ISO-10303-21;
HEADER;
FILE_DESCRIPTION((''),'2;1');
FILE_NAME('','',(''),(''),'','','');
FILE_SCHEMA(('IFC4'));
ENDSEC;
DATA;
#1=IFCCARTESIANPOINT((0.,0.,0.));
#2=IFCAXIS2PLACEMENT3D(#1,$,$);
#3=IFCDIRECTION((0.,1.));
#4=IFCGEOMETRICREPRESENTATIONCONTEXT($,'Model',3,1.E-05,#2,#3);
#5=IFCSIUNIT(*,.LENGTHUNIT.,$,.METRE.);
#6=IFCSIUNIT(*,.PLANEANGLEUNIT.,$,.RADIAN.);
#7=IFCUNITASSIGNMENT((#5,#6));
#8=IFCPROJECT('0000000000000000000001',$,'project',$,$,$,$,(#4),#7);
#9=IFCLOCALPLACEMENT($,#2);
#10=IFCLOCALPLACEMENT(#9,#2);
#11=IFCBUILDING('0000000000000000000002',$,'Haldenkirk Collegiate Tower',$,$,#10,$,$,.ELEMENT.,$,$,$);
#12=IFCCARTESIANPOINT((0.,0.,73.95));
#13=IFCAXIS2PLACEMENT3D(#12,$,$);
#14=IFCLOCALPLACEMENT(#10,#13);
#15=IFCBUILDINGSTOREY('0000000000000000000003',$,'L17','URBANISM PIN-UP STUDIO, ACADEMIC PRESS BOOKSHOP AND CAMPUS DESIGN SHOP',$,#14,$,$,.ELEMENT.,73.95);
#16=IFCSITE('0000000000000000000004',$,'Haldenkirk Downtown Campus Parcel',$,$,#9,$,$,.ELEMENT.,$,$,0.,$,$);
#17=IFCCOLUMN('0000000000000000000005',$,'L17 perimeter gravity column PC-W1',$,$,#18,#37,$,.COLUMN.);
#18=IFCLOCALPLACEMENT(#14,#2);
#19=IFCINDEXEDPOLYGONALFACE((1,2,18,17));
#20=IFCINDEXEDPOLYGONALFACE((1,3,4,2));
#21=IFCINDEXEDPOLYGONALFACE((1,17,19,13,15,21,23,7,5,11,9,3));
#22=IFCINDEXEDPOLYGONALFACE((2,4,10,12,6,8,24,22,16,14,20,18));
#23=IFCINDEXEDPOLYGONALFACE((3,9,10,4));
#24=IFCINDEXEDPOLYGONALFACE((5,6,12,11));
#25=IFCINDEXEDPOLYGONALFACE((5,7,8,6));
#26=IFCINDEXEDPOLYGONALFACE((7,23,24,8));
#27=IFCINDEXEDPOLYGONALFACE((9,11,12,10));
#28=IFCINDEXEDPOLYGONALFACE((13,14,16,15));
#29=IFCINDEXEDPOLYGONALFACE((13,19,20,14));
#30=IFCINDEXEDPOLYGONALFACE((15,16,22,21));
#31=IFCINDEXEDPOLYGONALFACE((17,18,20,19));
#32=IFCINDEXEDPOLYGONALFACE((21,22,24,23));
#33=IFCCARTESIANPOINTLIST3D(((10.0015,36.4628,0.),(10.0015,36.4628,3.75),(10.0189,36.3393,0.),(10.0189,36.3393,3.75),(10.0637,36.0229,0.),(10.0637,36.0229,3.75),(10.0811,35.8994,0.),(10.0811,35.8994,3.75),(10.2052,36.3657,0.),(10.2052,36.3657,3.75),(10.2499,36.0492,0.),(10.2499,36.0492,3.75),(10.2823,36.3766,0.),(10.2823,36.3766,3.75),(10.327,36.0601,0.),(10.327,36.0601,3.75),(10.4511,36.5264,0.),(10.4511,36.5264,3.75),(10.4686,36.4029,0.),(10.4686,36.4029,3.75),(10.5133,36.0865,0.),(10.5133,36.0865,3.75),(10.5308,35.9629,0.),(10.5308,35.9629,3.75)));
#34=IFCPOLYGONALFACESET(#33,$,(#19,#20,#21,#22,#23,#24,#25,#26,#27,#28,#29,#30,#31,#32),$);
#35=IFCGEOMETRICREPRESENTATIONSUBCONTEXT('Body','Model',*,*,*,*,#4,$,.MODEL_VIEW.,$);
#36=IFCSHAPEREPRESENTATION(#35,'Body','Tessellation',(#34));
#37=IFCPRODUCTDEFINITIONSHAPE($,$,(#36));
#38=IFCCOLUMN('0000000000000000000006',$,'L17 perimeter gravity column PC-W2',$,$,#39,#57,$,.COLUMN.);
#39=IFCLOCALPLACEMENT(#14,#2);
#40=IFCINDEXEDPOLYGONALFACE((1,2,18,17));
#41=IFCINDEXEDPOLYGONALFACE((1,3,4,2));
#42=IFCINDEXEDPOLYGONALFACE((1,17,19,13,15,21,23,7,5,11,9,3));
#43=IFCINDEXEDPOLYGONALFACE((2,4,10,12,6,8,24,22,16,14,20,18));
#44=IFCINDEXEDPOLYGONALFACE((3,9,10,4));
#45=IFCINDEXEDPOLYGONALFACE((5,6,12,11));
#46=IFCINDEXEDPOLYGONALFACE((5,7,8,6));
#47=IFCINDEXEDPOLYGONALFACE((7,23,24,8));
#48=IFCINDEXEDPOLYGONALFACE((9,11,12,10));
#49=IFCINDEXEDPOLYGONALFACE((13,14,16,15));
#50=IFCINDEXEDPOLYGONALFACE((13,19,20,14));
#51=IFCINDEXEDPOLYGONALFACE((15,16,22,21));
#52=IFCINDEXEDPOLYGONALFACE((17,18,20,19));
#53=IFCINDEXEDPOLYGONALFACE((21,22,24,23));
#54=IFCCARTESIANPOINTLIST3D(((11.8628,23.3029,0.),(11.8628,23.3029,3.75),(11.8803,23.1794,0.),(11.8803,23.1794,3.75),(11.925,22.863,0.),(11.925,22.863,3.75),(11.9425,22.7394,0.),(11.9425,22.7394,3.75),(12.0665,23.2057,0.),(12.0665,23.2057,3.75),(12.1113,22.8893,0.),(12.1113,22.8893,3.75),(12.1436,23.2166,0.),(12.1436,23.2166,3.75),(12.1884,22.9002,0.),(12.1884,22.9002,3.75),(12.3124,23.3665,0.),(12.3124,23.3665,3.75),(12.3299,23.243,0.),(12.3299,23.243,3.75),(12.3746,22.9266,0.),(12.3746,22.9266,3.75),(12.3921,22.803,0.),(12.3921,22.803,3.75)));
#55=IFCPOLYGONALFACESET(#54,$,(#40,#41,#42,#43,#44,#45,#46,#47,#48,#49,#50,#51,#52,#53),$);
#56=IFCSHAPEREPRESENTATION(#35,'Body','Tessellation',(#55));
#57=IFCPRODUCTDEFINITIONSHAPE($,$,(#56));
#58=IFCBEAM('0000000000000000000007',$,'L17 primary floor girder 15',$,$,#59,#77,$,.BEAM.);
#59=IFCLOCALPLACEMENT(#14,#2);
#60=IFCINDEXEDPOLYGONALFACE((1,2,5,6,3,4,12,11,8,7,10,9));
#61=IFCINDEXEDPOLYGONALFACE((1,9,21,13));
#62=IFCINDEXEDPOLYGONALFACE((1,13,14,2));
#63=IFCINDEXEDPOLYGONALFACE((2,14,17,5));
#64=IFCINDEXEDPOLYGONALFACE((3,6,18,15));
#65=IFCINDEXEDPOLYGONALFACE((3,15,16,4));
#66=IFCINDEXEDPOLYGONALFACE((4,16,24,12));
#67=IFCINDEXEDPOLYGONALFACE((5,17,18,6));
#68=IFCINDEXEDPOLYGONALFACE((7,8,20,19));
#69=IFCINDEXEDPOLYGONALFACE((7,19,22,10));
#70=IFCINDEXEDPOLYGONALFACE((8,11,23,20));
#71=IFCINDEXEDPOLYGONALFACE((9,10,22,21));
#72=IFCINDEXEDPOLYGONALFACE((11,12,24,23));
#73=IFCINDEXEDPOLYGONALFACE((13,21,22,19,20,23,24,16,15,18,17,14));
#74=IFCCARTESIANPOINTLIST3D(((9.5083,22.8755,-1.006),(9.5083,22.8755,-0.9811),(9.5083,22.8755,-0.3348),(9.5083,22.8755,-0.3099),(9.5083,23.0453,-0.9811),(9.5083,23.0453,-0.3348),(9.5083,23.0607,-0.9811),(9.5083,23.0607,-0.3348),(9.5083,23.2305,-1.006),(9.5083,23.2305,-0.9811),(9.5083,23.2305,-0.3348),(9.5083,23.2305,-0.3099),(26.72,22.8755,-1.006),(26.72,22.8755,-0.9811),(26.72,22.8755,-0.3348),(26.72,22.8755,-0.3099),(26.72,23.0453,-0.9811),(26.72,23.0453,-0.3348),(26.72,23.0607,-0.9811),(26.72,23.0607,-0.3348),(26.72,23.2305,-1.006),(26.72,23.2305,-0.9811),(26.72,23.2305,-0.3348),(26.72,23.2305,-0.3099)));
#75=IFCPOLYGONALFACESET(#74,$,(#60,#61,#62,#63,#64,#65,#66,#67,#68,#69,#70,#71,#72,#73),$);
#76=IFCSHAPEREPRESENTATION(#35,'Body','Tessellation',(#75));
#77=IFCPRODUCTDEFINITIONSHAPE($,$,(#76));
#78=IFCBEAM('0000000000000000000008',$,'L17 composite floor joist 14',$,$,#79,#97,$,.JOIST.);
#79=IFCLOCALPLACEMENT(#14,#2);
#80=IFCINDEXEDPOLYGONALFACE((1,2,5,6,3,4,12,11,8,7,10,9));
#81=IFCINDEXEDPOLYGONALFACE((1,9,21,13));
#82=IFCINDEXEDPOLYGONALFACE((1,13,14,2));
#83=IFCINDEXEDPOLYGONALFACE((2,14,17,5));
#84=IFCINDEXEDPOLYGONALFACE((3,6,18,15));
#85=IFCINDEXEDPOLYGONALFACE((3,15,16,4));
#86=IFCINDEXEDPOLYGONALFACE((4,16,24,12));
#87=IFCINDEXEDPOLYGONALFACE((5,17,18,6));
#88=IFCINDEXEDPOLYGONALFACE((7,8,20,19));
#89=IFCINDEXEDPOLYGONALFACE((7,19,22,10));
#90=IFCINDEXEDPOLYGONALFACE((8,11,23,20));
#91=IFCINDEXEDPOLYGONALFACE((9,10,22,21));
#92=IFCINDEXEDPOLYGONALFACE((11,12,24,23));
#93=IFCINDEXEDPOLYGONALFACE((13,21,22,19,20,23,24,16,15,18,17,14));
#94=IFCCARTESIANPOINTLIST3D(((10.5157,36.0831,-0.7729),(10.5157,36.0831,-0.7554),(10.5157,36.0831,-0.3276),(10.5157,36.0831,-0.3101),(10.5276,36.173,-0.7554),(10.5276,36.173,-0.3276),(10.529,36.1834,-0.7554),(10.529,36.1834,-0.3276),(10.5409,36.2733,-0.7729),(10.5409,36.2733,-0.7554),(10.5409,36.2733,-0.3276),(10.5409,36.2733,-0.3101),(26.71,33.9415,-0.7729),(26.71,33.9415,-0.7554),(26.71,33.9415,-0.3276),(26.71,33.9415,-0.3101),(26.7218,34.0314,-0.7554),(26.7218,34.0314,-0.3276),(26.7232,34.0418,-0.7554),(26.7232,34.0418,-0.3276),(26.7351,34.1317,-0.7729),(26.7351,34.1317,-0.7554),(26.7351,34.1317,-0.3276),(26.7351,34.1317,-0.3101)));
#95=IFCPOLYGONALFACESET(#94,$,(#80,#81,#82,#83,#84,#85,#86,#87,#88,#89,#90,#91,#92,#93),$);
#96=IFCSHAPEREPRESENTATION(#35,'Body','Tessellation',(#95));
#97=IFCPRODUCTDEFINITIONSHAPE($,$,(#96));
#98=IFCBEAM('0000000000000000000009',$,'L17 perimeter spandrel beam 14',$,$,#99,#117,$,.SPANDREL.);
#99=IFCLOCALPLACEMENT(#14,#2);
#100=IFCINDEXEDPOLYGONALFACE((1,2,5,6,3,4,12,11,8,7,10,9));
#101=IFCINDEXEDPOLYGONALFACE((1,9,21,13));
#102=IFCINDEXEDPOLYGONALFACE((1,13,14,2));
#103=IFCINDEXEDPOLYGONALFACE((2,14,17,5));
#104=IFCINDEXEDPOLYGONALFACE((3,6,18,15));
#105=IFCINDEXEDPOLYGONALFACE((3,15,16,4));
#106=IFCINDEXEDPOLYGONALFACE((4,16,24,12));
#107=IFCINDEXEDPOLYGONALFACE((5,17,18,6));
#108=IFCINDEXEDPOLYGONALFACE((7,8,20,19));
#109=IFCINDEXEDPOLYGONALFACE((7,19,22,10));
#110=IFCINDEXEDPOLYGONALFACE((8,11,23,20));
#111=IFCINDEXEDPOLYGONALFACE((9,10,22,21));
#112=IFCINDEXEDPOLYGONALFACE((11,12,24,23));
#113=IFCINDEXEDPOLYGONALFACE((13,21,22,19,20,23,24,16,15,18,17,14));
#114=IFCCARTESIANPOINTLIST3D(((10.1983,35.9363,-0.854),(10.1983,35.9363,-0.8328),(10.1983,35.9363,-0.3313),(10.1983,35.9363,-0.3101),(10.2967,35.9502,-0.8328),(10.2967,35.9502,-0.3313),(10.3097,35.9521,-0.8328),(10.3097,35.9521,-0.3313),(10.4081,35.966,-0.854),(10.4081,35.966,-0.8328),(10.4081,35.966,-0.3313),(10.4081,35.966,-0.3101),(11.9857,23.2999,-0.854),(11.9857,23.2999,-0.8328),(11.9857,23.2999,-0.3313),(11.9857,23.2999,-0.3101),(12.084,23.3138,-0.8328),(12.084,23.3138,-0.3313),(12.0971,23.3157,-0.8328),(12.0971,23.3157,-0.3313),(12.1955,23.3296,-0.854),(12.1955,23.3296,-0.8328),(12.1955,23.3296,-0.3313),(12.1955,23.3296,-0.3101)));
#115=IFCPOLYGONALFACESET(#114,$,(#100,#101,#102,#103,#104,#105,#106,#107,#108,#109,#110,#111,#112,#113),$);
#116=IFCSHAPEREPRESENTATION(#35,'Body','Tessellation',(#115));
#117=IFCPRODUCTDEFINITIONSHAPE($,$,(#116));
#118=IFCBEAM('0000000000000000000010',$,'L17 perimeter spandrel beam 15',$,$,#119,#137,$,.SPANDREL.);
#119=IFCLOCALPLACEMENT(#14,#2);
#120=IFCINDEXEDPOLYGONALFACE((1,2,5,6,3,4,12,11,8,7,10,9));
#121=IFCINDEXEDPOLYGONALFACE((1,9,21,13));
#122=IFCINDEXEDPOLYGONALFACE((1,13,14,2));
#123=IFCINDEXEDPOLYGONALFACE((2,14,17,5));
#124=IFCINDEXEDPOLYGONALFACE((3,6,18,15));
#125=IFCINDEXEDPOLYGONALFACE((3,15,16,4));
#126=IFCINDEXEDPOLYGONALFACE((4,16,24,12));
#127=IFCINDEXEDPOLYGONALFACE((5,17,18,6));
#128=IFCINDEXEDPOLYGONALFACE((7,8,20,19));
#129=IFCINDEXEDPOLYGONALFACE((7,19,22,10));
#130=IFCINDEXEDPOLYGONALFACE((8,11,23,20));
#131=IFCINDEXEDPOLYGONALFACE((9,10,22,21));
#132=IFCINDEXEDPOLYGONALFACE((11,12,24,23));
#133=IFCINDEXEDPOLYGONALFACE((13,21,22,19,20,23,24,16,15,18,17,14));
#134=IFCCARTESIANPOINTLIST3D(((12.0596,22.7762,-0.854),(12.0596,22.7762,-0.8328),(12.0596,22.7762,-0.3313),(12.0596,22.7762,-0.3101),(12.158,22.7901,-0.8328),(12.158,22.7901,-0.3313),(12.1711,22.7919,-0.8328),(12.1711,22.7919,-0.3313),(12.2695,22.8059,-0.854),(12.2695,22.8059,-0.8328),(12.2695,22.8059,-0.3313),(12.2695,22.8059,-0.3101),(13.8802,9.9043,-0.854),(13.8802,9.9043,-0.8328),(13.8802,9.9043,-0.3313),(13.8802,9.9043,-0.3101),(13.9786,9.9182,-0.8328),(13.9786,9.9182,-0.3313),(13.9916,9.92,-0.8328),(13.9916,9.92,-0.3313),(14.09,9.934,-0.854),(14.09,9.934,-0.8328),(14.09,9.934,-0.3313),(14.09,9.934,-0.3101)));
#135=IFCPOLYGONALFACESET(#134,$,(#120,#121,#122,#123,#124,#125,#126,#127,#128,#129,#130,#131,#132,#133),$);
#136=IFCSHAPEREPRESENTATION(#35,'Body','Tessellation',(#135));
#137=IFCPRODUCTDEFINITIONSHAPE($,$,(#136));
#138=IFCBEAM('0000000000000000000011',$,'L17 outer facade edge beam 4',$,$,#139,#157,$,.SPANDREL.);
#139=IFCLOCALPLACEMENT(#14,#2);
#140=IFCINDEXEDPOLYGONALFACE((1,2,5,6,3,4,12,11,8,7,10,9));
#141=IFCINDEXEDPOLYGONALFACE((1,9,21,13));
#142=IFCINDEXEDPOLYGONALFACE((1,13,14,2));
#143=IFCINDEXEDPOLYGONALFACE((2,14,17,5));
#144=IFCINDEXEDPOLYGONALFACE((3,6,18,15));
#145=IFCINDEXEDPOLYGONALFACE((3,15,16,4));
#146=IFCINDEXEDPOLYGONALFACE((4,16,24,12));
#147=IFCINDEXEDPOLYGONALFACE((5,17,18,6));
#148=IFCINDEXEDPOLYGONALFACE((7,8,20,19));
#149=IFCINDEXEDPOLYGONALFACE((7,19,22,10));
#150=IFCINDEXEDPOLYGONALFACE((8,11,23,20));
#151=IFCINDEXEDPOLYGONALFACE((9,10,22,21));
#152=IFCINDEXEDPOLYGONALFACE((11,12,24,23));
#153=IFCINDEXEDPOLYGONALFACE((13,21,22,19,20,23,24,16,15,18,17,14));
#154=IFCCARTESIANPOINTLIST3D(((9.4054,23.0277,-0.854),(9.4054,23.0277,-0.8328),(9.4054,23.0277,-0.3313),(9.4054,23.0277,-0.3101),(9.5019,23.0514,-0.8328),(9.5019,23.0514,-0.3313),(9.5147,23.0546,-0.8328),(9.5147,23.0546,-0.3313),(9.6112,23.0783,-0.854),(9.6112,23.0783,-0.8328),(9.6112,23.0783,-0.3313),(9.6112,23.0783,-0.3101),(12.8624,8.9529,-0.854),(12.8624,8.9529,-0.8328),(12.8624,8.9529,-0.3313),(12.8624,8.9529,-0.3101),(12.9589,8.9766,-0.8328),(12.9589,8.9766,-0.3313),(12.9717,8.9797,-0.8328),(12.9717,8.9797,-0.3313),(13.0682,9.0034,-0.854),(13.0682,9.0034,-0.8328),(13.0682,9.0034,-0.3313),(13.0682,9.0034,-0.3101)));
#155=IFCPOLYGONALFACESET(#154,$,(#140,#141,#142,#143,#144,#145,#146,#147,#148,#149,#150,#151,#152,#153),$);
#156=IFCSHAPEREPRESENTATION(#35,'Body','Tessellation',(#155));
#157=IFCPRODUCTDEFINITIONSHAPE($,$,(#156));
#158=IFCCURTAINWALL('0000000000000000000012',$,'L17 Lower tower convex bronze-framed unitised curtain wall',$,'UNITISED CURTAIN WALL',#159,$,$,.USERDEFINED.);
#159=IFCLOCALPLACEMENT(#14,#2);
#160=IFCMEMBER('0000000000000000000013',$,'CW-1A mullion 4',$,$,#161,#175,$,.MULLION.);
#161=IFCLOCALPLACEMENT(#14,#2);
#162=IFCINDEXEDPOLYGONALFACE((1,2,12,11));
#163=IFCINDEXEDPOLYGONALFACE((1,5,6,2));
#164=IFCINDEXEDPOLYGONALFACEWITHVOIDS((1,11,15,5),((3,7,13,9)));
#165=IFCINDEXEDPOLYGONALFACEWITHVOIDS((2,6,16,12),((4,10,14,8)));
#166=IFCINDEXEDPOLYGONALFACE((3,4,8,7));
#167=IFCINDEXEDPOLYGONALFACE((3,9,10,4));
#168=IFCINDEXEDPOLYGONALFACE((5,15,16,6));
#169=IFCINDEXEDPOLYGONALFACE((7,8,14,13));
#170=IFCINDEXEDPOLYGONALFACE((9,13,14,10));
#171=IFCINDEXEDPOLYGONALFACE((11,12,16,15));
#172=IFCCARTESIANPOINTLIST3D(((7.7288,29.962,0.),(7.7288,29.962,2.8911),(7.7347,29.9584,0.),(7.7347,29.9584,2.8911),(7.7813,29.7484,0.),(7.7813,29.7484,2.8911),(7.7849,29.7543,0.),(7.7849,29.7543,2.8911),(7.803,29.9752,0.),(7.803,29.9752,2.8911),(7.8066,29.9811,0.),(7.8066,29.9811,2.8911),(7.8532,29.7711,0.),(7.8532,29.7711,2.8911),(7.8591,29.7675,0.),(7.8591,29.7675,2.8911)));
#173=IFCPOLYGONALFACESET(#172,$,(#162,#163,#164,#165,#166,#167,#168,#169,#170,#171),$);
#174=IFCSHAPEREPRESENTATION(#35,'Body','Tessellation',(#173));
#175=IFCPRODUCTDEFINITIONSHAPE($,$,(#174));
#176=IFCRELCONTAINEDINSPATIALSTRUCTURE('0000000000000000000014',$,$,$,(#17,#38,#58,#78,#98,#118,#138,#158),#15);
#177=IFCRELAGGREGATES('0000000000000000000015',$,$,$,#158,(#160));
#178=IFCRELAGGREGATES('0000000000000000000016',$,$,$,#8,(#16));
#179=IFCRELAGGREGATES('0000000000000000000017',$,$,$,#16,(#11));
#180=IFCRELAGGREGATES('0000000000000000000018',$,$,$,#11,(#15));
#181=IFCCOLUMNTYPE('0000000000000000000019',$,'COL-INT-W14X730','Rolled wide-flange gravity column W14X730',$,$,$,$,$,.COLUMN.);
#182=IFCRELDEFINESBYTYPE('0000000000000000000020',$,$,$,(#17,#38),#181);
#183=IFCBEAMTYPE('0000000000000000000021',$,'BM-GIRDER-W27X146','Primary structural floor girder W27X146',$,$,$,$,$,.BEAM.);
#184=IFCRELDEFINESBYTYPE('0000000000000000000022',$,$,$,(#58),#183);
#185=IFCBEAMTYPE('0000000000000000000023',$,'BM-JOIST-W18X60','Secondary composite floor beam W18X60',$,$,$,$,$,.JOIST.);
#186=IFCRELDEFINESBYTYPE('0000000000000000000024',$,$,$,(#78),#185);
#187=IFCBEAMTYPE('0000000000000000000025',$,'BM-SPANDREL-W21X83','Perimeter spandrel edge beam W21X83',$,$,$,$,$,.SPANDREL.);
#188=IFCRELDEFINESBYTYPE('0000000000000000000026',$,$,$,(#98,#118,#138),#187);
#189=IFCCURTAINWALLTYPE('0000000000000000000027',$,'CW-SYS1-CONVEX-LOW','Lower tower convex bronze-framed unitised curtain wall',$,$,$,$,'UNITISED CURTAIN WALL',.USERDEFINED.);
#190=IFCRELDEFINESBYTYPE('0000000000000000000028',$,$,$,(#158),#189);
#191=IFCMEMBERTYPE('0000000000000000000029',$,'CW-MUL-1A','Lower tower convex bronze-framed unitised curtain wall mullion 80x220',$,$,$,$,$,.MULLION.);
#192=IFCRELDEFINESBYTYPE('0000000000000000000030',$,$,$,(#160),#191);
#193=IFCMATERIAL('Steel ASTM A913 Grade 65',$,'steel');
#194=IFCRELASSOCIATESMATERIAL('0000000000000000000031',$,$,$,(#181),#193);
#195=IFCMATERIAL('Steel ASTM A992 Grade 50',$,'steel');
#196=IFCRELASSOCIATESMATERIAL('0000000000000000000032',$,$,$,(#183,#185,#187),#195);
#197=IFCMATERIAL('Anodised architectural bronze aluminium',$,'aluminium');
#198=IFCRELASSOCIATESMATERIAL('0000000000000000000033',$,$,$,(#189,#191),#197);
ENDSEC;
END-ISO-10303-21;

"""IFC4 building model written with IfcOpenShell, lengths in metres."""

from ifc_helpers import new_model, si_unit, direction, frame, origin, origin_2d, place, context, subcontext, project, spatial, hollow_rectangle, i_section, extrude, material, material_profile, profile_set, type_object, element, aggregate, save


model = new_model("IFC4")

# Units and contexts
model_context = context("Model", 3, precision=1e-05, world=origin(), true_north=direction((0.0, 1.0)))
body_context = subcontext(model_context, "Body", "Model", "MODEL_VIEW")
ifc_project = project(units=[si_unit("LENGTHUNIT", "METRE"), si_unit("PLANEANGLEUNIT", "RADIAN")], contexts=[model_context])

# Site, building, storey
site_placement = place(None, origin())
site = spatial("IfcSite", under=ifc_project, at=site_placement, Name="Haldenkirk Downtown Campus Parcel", CompositionType="ELEMENT", RefElevation=0.0)
building_placement = place(site_placement, origin())
building = spatial("IfcBuilding", under=site, at=building_placement, Name="Haldenkirk Collegiate Tower", CompositionType="ELEMENT")
storey_placement = place(building_placement, frame((0.0, 0.0, 73.95)))
storey = spatial("IfcBuildingStorey", under=building, at=storey_placement, Name="L17", Description="URBANISM PIN-UP STUDIO, ACADEMIC PRESS BOOKSHOP AND CAMPUS DESIGN SHOP", CompositionType="ELEMENT", Elevation=73.95)

# Columns
ifc_material_1 = material(Name="Steel ASTM A913 Grade 65", Category="steel")
ifc_material_profile_1 = material_profile(ifc_material_1, i_section(OverallWidth=0.4541, OverallDepth=0.5691, WebThickness=0.0779, FlangeThickness=0.1248, at=origin_2d()), Name="W14X730")
ifc_profile_set_1 = profile_set([ifc_material_profile_1], Name="Steel ASTM A913 Grade 65")
column_type = type_object("IfcColumnType", Name="COL-INT-W14X730", Description="Rolled wide-flange gravity column W14X730", PredefinedType="COLUMN", material=ifc_profile_set_1)
for number, where, z_axis, x_axis, name in (
    (1, (10.2661, 36.2129, 0.0), (0.0, 0.0, 1.0), (0.990146, 0.140037, 0.0), "L17 perimeter gravity column PC-W1"),
    (2, (12.1274, 23.053, 0.0), (0.0, 0.0, 1.0), (0.990146, 0.140037, 0.0), "L17 perimeter gravity column PC-W2"),
):
    element("IfcColumn", number, at=place(storey_placement, frame(where, z_axis=z_axis, x_axis=x_axis)), inside=storey, type_object=column_type, Name=name, PredefinedType="COLUMN", context=body_context, shape_type="SweptSolid", body=[
        extrude(i_section(OverallWidth=0.4541, OverallDepth=0.5691, WebThickness=0.0779, FlangeThickness=0.1248, at=origin_2d()), origin(), (0.0, 0.0, 1.0), 3.75),
    ])

# Beams
ifc_material_2 = material(Name="Steel ASTM A992 Grade 50", Category="steel")
ifc_material_profile_2 = material_profile(ifc_material_2, i_section(OverallWidth=0.355, OverallDepth=0.696, WebThickness=0.0154, FlangeThickness=0.0249, at=origin_2d()), Name="W27X146")
ifc_profile_set_2 = profile_set([ifc_material_profile_2], Name="Steel ASTM A992 Grade 50")
beam_type_1 = type_object("IfcBeamType", Name="BM-GIRDER-W27X146", Description="Primary structural floor girder W27X146", PredefinedType="BEAM", material=ifc_profile_set_2)
beam_1_placement = place(storey_placement, frame((9.5083, 23.053, -0.658), z_axis=(1.0, 0.0, 0.0), x_axis=(0.0, 1.0, 0.0)))
element("IfcBeam", 3, at=beam_1_placement, inside=storey, type_object=beam_type_1, Name="L17 primary floor girder 15", PredefinedType="BEAM", context=body_context, shape_type="SweptSolid", body=[
    extrude(i_section(OverallWidth=0.355, OverallDepth=0.696, WebThickness=0.0154, FlangeThickness=0.0249, at=origin_2d()), origin(), (0.0, 0.0, 1.0), 17.2117),
])
ifc_material_profile_3 = material_profile(ifc_material_2, i_section(OverallWidth=0.1919, OverallDepth=0.4629, WebThickness=0.0105, FlangeThickness=0.0176, at=origin_2d()), Name="W18X60")
ifc_profile_set_3 = profile_set([ifc_material_profile_3], Name="Steel ASTM A992 Grade 50")
beam_type_2 = type_object("IfcBeamType", Name="BM-JOIST-W18X60", Description="Secondary composite floor beam W18X60", PredefinedType="JOIST", material=ifc_profile_set_3)
beam_2_placement = place(storey_placement, frame((10.5283, 36.1782, -0.5415), z_axis=(0.991369, -0.131104, 0.0), x_axis=(0.131104, 0.991369, 0.0)))
element("IfcBeam", 4, at=beam_2_placement, inside=storey, type_object=beam_type_2, Name="L17 composite floor joist 14", PredefinedType="JOIST", context=body_context, shape_type="SweptSolid", body=[
    extrude(i_section(OverallWidth=0.1919, OverallDepth=0.4629, WebThickness=0.0105, FlangeThickness=0.0176, at=origin_2d()), origin(), (0.0, 0.0, 1.0), 16.3352),
])
ifc_material_profile_4 = material_profile(ifc_material_2, i_section(OverallWidth=0.2119, OverallDepth=0.5439, WebThickness=0.0132, FlangeThickness=0.0212, at=origin_2d()), Name="W21X83")
ifc_profile_set_4 = profile_set([ifc_material_profile_4], Name="Steel ASTM A992 Grade 50")
beam_type_3 = type_object("IfcBeamType", Name="BM-SPANDREL-W21X83", Description="Perimeter spandrel edge beam W21X83", PredefinedType="SPANDREL", material=ifc_profile_set_4)
beam_3_placement = place(storey_placement, frame((10.3032, 35.9512, -0.582), z_axis=(0.14005, -0.990144, 0.0), x_axis=(0.990144, 0.14005, 0.0)))
element("IfcBeam", 5, at=beam_3_placement, inside=storey, type_object=beam_type_3, Name="L17 perimeter spandrel beam 14", PredefinedType="SPANDREL", context=body_context, shape_type="SweptSolid", body=[
    extrude(i_section(OverallWidth=0.2119, OverallDepth=0.5439, WebThickness=0.0132, FlangeThickness=0.0212, at=origin_2d()), origin(), (0.0, 0.0, 1.0), 12.7622),
])
beam_4_placement = place(storey_placement, frame((12.1646, 22.791, -0.582), z_axis=(0.140044, -0.990145, 0.0), x_axis=(0.990145, 0.140044, 0.0)))
element("IfcBeam", 6, at=beam_4_placement, inside=storey, type_object=beam_type_3, Name="L17 perimeter spandrel beam 15", PredefinedType="SPANDREL", context=body_context, shape_type="SweptSolid", body=[
    extrude(i_section(OverallWidth=0.2119, OverallDepth=0.5439, WebThickness=0.0132, FlangeThickness=0.0212, at=origin_2d()), origin(), (0.0, 0.0, 1.0), 13.0),
])
beam_5_placement = place(storey_placement, frame((9.5083, 23.053, -0.582), z_axis=(0.238526, -0.971136, 0.0), x_axis=(0.971136, 0.238526, 0.0)))
element("IfcBeam", 7, at=beam_5_placement, inside=storey, type_object=beam_type_3, Name="L17 outer facade edge beam 4", PredefinedType="SPANDREL", context=body_context, shape_type="SweptSolid", body=[
    extrude(i_section(OverallWidth=0.2119, OverallDepth=0.5439, WebThickness=0.0132, FlangeThickness=0.0212, at=origin_2d()), origin(), (0.0, 0.0, 1.0), 14.4932),
])

# Curtain wall, member
ifc_material_3 = material(Name="Anodised architectural bronze aluminium", Category="aluminium")
curtain_wall_type = type_object("IfcCurtainWallType", Name="CW-SYS1-CONVEX-LOW", Description="Lower tower convex bronze-framed unitised curtain wall", ElementType="UNITISED CURTAIN WALL", PredefinedType="USERDEFINED", material=ifc_material_3)
curtain_wall_placement = place(storey_placement, origin())
curtain_wall = element("IfcCurtainWall", 8, at=curtain_wall_placement, inside=storey, type_object=curtain_wall_type, Name="L17 Lower tower convex bronze-framed unitised curtain wall", ObjectType="UNITISED CURTAIN WALL", PredefinedType="USERDEFINED")
ifc_material_profile_5 = material_profile(ifc_material_3, hollow_rectangle(XDim=0.0801, YDim=0.22, WallThickness=0.0049, at=origin_2d()), Name="CW-MUL-1A")
ifc_profile_set_5 = profile_set([ifc_material_profile_5], Name="Anodised architectural bronze aluminium")
member_type_1 = type_object("IfcMemberType", Name="CW-MUL-1A", Description="Lower tower convex bronze-framed unitised curtain wall mullion 80x220", PredefinedType="MULLION", material=ifc_profile_set_5)
member_1_placement = place(storey_placement, frame((7.7939, 29.8647, 0.0), z_axis=(0.0, 0.0, 1.0), x_axis=(-0.971135, -0.238532, 0.0)))
member_1 = element("IfcMember", 9, at=member_1_placement, type_object=member_type_1, Name="CW-1A mullion 4", PredefinedType="MULLION", context=body_context, shape_type="SweptSolid", body=[
    extrude(hollow_rectangle(XDim=0.0801, YDim=0.22, WallThickness=0.0049, at=origin_2d()), origin(), (0.0, 0.0, 1.0), 2.8911),
])

aggregate(curtain_wall, [member_1])

save(model, "model.ifc")
